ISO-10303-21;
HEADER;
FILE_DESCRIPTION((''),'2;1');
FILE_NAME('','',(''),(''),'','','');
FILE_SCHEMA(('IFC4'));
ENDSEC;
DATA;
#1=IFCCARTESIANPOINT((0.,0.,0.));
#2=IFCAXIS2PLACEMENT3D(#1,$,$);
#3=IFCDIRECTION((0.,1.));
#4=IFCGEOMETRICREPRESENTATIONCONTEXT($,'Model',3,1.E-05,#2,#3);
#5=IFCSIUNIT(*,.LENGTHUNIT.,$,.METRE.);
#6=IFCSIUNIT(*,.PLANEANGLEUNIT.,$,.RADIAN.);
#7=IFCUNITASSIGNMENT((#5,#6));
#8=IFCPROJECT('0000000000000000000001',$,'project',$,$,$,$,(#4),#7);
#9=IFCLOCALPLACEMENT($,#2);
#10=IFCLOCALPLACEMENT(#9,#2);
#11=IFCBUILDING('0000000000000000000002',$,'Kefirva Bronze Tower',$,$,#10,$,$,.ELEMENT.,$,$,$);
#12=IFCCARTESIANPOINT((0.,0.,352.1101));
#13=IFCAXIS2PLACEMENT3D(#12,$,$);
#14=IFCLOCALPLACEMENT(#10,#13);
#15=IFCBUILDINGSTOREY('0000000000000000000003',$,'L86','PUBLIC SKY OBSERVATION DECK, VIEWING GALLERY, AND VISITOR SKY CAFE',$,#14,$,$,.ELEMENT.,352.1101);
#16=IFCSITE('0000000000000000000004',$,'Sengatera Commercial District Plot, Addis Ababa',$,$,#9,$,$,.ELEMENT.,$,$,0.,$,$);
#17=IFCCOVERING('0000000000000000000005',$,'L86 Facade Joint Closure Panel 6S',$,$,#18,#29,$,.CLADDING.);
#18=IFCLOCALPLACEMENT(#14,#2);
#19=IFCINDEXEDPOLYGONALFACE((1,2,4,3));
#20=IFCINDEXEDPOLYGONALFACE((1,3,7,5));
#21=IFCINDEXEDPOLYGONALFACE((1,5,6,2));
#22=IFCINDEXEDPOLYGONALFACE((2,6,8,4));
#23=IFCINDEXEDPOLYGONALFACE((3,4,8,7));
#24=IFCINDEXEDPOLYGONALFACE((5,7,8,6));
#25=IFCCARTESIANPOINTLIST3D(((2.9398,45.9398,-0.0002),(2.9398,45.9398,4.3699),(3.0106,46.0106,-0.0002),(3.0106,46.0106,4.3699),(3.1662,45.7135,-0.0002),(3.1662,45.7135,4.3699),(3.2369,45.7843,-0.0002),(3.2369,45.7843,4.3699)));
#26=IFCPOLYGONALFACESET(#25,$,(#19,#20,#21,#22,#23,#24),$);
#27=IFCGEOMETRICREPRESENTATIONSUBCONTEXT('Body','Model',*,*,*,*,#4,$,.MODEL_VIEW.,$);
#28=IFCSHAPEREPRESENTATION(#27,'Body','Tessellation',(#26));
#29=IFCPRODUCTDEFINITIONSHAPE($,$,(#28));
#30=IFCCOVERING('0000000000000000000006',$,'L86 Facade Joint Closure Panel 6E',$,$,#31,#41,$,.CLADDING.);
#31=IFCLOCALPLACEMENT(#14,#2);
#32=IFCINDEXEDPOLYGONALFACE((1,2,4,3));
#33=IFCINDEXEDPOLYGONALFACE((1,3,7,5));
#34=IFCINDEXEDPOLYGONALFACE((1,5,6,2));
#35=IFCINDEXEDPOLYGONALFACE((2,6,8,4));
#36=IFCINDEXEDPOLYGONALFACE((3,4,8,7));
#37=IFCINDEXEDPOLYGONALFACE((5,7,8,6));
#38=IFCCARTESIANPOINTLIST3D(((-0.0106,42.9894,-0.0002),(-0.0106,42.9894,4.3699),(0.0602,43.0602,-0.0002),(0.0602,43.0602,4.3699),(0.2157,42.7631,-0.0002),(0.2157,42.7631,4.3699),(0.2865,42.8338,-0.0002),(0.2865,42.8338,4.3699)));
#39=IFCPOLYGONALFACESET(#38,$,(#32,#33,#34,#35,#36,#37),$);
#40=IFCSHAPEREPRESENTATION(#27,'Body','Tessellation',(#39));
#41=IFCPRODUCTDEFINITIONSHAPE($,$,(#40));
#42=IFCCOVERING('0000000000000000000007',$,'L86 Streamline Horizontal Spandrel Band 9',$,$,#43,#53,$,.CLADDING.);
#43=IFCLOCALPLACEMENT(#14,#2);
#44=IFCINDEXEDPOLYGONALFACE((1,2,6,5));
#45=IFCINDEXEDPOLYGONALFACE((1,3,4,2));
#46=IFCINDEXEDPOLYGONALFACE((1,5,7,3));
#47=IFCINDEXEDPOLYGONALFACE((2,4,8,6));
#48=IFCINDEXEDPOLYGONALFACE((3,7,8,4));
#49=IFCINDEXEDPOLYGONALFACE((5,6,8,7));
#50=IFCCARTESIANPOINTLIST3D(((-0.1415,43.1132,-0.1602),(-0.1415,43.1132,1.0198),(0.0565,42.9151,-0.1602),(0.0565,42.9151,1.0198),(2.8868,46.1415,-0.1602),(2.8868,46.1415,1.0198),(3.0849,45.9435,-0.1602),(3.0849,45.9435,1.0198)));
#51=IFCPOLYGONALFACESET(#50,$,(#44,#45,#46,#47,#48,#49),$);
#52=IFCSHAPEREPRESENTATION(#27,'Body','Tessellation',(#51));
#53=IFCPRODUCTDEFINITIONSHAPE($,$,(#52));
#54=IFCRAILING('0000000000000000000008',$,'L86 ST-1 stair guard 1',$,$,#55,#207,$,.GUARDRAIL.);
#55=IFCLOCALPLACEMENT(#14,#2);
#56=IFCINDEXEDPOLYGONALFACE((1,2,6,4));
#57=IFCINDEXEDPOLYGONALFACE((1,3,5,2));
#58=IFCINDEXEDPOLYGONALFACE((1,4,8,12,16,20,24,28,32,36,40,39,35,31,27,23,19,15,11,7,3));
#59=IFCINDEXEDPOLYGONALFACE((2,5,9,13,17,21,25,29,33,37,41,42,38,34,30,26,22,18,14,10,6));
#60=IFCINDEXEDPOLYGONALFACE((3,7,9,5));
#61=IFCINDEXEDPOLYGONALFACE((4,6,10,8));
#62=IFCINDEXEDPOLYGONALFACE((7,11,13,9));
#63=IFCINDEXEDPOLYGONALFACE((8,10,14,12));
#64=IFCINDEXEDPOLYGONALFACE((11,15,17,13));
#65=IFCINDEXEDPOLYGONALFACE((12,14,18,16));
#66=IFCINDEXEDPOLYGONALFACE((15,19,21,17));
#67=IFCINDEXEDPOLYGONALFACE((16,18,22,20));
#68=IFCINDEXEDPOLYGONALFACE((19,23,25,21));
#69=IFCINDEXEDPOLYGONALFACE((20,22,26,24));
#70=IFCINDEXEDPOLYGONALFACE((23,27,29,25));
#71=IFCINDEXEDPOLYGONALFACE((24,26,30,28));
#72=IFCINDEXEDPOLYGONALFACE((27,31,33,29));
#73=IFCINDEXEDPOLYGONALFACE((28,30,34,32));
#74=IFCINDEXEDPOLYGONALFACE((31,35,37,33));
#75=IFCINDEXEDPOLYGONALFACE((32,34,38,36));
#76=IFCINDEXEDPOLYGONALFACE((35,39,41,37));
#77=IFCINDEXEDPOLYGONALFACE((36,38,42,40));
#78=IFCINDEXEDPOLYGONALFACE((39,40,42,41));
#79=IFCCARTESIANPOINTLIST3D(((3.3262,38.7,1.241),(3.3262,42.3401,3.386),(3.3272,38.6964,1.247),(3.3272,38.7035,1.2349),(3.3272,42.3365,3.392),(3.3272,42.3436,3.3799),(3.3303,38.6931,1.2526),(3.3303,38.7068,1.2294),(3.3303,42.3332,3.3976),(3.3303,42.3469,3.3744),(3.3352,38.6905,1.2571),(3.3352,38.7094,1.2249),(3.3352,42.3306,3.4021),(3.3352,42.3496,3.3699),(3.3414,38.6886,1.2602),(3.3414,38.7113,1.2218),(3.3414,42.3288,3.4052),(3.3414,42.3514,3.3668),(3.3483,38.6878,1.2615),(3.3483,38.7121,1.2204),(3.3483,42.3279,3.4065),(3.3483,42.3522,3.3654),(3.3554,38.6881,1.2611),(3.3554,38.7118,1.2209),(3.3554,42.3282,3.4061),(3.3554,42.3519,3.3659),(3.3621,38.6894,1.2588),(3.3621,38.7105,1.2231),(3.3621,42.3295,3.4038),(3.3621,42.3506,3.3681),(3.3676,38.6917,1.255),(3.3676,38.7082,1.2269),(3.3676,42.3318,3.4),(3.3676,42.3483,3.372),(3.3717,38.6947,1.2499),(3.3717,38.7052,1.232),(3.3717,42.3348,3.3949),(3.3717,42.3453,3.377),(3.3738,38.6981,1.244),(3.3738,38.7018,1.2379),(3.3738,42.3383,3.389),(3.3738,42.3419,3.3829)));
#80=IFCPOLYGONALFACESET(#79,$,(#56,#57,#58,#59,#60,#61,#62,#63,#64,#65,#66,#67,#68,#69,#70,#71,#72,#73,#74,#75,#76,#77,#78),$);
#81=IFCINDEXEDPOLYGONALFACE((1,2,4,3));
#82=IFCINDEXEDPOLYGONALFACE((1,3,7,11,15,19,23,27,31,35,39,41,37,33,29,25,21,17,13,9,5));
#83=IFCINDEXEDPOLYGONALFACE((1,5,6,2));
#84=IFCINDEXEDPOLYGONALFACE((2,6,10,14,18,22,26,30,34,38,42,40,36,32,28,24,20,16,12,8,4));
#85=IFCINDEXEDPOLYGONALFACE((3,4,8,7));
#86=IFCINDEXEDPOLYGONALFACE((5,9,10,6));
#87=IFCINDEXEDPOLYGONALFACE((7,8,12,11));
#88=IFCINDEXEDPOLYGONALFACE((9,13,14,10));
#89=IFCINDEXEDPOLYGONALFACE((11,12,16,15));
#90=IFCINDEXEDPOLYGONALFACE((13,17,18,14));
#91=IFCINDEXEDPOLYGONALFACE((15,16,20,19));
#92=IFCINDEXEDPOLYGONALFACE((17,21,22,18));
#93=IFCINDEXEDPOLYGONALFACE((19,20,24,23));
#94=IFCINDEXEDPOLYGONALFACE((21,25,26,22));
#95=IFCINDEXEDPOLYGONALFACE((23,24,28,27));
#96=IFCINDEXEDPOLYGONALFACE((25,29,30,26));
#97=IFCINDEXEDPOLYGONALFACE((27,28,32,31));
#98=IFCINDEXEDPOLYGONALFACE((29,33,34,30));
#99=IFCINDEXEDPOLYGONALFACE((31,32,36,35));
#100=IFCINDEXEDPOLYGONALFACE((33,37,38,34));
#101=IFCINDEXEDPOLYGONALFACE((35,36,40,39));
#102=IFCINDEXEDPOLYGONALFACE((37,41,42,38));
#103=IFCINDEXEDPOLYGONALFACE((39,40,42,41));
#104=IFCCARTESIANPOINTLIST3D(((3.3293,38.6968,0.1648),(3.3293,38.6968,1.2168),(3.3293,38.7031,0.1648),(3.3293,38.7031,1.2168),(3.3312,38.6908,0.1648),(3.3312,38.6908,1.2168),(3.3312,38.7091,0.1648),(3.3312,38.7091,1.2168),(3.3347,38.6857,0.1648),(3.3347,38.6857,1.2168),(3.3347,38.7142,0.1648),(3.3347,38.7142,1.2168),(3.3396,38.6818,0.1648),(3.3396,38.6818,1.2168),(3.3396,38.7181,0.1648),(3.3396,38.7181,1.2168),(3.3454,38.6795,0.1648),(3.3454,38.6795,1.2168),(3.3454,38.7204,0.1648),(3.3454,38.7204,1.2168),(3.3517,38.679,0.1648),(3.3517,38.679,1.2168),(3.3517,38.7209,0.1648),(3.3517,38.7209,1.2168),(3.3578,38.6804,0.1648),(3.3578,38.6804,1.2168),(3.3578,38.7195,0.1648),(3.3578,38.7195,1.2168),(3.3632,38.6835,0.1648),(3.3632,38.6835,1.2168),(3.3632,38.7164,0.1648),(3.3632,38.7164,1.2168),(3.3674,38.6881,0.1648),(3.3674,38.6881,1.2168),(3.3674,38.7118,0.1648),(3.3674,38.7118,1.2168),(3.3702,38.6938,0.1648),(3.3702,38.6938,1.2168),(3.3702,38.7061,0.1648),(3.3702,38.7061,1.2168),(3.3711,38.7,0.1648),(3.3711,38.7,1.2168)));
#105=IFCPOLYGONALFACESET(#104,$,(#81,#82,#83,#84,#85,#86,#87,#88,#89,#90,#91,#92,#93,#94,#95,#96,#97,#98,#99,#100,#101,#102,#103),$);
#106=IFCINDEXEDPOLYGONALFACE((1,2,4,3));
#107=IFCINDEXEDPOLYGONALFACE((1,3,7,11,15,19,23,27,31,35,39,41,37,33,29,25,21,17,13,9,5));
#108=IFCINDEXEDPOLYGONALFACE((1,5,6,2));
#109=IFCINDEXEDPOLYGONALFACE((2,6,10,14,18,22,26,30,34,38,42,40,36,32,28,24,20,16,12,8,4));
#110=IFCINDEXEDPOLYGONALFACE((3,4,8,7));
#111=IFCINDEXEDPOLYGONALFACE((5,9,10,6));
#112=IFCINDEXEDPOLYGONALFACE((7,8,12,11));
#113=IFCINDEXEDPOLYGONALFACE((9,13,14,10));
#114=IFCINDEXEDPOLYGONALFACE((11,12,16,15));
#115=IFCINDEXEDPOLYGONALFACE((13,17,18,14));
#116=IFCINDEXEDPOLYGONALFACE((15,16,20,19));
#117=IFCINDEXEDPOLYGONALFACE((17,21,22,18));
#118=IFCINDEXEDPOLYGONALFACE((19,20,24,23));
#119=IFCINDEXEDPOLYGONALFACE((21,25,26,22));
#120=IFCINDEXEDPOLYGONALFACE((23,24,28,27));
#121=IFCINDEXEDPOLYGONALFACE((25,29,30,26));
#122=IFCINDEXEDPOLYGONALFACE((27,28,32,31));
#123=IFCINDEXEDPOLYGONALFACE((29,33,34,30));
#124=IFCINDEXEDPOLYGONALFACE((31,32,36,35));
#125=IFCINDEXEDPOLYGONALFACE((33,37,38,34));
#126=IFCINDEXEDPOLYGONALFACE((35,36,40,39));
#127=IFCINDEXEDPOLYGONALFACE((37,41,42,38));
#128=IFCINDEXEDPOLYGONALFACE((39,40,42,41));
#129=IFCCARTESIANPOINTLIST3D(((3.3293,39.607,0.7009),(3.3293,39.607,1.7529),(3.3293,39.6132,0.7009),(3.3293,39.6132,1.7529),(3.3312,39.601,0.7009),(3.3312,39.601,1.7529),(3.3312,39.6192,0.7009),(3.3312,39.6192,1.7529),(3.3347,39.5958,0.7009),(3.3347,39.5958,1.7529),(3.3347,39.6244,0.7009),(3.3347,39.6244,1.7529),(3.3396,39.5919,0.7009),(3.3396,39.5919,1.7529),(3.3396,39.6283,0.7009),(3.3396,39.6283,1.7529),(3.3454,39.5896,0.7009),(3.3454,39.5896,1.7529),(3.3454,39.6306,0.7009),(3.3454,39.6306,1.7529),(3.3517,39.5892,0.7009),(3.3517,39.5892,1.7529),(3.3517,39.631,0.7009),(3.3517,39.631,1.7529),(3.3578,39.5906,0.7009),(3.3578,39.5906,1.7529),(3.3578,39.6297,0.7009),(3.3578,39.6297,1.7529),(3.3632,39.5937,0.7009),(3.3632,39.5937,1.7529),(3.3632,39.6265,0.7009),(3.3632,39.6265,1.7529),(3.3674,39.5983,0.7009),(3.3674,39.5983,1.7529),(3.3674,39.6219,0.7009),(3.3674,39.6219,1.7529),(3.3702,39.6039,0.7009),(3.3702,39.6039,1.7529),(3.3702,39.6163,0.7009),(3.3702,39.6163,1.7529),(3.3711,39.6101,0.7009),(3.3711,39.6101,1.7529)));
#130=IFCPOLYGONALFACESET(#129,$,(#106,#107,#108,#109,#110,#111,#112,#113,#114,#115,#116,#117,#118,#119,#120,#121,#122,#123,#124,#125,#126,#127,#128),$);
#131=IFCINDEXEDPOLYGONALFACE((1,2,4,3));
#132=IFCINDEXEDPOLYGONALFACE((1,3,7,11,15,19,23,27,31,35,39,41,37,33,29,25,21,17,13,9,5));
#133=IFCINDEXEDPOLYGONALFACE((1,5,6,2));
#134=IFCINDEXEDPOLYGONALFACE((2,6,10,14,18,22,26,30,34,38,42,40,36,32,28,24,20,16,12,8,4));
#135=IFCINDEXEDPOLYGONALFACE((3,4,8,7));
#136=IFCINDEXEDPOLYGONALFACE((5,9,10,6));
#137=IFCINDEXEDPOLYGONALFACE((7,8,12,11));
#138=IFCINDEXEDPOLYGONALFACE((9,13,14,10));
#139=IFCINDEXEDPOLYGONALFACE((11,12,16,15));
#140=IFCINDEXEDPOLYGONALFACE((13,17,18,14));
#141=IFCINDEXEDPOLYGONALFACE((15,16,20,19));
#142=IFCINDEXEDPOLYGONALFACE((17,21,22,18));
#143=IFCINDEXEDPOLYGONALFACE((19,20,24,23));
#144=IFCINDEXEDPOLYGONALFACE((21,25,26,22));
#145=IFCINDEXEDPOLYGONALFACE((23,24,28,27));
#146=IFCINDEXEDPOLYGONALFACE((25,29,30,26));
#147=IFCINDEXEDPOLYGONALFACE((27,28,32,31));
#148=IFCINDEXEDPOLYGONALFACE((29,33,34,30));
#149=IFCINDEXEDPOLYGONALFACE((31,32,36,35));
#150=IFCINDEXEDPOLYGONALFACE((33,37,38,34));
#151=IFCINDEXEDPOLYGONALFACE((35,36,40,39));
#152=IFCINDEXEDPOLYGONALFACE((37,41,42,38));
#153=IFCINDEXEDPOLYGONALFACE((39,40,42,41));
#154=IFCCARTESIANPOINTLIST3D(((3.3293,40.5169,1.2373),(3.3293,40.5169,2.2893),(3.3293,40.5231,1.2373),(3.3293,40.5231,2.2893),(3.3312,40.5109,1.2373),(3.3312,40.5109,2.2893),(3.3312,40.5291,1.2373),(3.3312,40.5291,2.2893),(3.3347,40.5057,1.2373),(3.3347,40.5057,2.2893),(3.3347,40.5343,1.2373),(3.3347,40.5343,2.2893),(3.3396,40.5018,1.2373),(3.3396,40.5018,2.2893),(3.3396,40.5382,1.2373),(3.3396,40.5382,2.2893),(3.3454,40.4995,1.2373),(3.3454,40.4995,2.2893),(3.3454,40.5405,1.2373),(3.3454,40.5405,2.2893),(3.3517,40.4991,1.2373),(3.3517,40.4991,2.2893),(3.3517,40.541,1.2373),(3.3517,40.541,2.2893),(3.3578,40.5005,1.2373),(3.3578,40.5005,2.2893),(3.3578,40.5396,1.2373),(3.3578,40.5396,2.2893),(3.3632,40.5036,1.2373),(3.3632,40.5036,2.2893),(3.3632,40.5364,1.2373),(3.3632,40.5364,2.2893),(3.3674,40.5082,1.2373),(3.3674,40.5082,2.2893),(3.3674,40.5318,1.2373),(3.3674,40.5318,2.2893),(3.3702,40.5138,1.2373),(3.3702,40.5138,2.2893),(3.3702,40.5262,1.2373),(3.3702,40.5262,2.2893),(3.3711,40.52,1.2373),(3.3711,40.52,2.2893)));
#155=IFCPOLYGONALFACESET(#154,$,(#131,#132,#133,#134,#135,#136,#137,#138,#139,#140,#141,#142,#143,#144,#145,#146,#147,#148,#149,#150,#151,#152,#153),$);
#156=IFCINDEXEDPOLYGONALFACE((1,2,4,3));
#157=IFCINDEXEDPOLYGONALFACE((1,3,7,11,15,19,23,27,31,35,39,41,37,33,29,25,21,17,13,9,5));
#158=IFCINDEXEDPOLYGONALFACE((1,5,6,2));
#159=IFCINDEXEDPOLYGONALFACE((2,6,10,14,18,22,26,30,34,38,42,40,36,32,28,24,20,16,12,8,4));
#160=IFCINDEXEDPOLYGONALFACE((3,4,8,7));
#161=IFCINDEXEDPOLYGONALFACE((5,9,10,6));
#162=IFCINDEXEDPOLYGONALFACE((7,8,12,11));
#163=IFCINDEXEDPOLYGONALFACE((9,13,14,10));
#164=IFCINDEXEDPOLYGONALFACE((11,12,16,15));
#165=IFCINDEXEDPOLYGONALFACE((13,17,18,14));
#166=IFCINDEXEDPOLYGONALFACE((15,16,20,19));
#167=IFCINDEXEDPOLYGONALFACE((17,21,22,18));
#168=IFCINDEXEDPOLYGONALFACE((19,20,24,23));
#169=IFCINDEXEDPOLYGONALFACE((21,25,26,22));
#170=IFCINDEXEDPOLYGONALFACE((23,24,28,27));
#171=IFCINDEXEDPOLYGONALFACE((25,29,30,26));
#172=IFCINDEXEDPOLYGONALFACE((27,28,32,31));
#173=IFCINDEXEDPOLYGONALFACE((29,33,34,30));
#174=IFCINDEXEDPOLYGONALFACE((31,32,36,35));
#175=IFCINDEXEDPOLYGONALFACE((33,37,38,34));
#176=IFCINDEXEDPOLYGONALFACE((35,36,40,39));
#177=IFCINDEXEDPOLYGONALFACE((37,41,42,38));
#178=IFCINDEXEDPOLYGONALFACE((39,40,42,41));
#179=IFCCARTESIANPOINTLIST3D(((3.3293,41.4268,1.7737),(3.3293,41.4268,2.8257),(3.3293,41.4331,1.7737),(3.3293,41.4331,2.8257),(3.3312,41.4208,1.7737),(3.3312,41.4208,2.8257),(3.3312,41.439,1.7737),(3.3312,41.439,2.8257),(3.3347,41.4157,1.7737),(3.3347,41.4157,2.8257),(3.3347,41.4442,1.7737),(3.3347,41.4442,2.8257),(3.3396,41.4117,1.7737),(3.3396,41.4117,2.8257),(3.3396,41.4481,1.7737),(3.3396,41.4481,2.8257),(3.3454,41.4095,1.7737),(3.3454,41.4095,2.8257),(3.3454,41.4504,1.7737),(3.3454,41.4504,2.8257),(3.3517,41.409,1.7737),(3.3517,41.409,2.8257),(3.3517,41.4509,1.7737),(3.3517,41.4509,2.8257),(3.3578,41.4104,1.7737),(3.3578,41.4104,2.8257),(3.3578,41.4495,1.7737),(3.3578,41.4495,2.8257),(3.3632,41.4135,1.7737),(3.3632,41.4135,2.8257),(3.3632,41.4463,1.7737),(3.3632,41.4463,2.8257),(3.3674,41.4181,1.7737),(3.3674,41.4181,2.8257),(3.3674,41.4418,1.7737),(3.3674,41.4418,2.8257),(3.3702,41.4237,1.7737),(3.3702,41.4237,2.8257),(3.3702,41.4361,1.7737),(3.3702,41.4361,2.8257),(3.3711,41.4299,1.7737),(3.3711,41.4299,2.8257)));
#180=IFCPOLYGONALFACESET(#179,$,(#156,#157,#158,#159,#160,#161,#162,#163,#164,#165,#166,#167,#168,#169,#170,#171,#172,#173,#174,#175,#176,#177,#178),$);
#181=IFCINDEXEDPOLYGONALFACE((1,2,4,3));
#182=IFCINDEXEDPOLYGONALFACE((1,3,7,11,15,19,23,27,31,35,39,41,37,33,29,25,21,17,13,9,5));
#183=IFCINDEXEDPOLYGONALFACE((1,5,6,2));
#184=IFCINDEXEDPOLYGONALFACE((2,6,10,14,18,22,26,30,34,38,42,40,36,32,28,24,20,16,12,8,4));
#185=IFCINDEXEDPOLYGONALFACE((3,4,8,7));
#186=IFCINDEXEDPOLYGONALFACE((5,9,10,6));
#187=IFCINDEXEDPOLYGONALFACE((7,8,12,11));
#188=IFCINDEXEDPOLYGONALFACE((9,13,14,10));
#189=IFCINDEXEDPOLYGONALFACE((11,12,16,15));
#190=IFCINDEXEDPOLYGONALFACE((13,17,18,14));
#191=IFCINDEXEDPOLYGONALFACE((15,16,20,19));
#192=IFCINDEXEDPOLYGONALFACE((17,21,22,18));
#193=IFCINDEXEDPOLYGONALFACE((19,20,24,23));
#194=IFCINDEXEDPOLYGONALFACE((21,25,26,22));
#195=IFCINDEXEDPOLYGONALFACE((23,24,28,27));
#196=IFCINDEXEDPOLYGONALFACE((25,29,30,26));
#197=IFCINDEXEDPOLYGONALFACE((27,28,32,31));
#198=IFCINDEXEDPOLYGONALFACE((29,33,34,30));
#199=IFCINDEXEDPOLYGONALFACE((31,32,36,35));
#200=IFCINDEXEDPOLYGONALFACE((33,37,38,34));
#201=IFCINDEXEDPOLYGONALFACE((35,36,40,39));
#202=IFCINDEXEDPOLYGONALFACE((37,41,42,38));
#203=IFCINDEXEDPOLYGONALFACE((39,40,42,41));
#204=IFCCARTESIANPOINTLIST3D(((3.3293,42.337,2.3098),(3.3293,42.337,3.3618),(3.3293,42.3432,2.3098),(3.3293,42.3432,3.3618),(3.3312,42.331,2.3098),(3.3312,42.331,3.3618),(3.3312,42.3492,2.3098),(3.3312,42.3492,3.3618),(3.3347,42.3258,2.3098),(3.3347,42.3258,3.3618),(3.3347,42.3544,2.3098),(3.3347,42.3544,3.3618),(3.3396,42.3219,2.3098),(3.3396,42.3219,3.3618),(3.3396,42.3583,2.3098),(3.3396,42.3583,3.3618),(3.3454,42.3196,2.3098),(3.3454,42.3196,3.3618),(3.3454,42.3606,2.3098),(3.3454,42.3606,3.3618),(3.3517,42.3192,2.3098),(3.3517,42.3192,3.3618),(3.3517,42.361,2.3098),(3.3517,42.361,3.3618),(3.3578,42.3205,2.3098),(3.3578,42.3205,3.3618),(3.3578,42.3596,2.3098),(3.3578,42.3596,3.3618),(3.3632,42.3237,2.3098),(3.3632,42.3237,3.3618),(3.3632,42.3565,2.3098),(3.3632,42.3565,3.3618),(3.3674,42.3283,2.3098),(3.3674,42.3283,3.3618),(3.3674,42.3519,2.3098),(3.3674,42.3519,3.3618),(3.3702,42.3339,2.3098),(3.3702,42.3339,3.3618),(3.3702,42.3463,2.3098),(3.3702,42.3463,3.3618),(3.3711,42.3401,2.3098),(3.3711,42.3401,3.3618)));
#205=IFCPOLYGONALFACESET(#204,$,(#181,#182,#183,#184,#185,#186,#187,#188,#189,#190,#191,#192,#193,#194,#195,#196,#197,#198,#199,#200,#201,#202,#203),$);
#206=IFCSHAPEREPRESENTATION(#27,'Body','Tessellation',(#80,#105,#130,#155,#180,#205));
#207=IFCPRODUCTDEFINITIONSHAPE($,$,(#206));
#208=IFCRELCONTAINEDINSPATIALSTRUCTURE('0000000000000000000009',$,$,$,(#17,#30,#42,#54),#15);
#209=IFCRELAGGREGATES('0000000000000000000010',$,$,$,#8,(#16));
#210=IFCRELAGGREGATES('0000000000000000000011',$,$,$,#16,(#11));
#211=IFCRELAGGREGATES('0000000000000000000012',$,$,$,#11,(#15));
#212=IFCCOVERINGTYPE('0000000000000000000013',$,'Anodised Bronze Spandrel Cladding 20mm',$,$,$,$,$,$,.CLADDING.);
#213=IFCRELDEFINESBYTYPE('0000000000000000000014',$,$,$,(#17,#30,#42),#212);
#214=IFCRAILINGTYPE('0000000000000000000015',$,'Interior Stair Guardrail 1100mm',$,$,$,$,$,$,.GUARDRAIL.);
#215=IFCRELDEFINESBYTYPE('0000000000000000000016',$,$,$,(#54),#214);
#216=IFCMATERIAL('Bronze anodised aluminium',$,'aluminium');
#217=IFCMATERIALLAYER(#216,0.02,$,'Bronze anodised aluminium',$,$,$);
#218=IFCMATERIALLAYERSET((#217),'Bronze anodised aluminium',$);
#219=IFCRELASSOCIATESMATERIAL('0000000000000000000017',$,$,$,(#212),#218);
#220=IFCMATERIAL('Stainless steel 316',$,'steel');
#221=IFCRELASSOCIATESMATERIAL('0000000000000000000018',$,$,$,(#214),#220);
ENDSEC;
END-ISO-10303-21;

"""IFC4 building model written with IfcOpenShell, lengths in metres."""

from ifc_helpers import new_model, si_unit, direction, frame, origin, origin_2d, place, context, subcontext, project, spatial, rectangle, circle, extrude, material, layer, layer_set, type_object, element, save


model = new_model("IFC4")

# Units and contexts
model_context = context("Model", 3, precision=1e-05, world=origin(), true_north=direction((0.0, 1.0)))
body_context = subcontext(model_context, "Body", "Model", "MODEL_VIEW")
ifc_project = project(units=[si_unit("LENGTHUNIT", "METRE"), si_unit("PLANEANGLEUNIT", "RADIAN")], contexts=[model_context])

# Site, building, storey
site_placement = place(None, origin())
site = spatial("IfcSite", under=ifc_project, at=site_placement, Name="Sengatera Commercial District Plot, Addis Ababa", CompositionType="ELEMENT", RefElevation=0.0)
building_placement = place(site_placement, origin())
building = spatial("IfcBuilding", under=site, at=building_placement, Name="Kefirva Bronze Tower", CompositionType="ELEMENT")
storey_placement = place(building_placement, frame((0.0, 0.0, 352.1101)))
storey = spatial("IfcBuildingStorey", under=building, at=storey_placement, Name="L86", Description="PUBLIC SKY OBSERVATION DECK, VIEWING GALLERY, AND VISITOR SKY CAFE", CompositionType="ELEMENT", Elevation=352.1101)

# Coverings
ifc_material_1 = material(Name="Bronze anodised aluminium", Category="aluminium")
ifc_layer_1 = layer(ifc_material_1, 0.02, Name="Bronze anodised aluminium")
ifc_layer_set_1 = layer_set([ifc_layer_1], Name="Bronze anodised aluminium")
covering_type_1 = type_object("IfcCoveringType", Name="Anodised Bronze Spandrel Cladding 20mm", PredefinedType="CLADDING", material=ifc_layer_set_1)
for number, where, z_axis, x_axis, name in (
    (1, (3.0884, 45.8621, -0.0002), (0.0, 0.0, 1.0), (-0.707107, -0.707107, 0.0), "L86 Facade Joint Closure Panel 6S"),
    (2, (0.1379, 42.9116, -0.0002), (0.0, 0.0, 1.0), (-0.707107, -0.707107, 0.0), "L86 Facade Joint Closure Panel 6E"),
):
    element("IfcCovering", number, at=place(storey_placement, frame(where, z_axis=z_axis, x_axis=x_axis)), inside=storey, type_object=covering_type_1, Name=name, PredefinedType="CLADDING", context=body_context, shape_type="SweptSolid", body=[
        extrude(rectangle(XDim=0.1001, YDim=0.3201, at=origin_2d()), origin(), (0.0, 0.0, 1.0), 4.3701),
    ])
covering_1_placement = place(storey_placement, frame((1.4717, 44.5283, -0.1602), z_axis=(0.0, 0.0, 1.0), x_axis=(-0.707107, -0.707107, 0.0)))
element("IfcCovering", 3, at=covering_1_placement, inside=storey, type_object=covering_type_1, Name="L86 Streamline Horizontal Spandrel Band 9", PredefinedType="CLADDING", context=body_context, shape_type="SweptSolid", body=[
    extrude(rectangle(XDim=4.2827, YDim=0.28, at=origin_2d()), origin(), (0.0, 0.0, 1.0), 1.1799),
])

# Railing
ifc_material_2 = material(Name="Stainless steel 316", Category="steel")
railing_type_1 = type_object("IfcRailingType", Name="Interior Stair Guardrail 1100mm", PredefinedType="GUARDRAIL", material=ifc_material_2)
railing_1_placement = place(storey_placement, frame((3.3501, 38.7, 0.1648)))
element("IfcRailing", 4, at=railing_1_placement, inside=storey, type_object=railing_type_1, Name="L86 ST-1 stair guard 1", PredefinedType="GUARDRAIL", context=body_context, shape_type="SweptSolid", body=[
    extrude(circle(Radius=0.0239, at=origin_2d()), frame((0.0, 0.0, 1.0762), z_axis=(0.0, 0.861545, 0.507682), x_axis=(-1.0, 0.0, 0.0)), (0.0, 0.0, 1.0), 4.2251),
    extrude(circle(Radius=0.021, at=origin_2d()), origin(), (0.0, 0.0, 1.0), 1.052),
    extrude(circle(Radius=0.021, at=origin_2d()), frame((0.0, 0.9102, 0.5361)), (0.0, 0.0, 1.0), 1.052),
    extrude(circle(Radius=0.021, at=origin_2d()), frame((0.0, 1.8201, 1.0725)), (0.0, 0.0, 1.0), 1.052),
    extrude(circle(Radius=0.021, at=origin_2d()), frame((0.0, 2.73, 1.6089)), (0.0, 0.0, 1.0), 1.052),
    extrude(circle(Radius=0.021, at=origin_2d()), frame((0.0, 3.6401, 2.145)), (0.0, 0.0, 1.0), 1.052),
])

save(model, "model.ifc")
